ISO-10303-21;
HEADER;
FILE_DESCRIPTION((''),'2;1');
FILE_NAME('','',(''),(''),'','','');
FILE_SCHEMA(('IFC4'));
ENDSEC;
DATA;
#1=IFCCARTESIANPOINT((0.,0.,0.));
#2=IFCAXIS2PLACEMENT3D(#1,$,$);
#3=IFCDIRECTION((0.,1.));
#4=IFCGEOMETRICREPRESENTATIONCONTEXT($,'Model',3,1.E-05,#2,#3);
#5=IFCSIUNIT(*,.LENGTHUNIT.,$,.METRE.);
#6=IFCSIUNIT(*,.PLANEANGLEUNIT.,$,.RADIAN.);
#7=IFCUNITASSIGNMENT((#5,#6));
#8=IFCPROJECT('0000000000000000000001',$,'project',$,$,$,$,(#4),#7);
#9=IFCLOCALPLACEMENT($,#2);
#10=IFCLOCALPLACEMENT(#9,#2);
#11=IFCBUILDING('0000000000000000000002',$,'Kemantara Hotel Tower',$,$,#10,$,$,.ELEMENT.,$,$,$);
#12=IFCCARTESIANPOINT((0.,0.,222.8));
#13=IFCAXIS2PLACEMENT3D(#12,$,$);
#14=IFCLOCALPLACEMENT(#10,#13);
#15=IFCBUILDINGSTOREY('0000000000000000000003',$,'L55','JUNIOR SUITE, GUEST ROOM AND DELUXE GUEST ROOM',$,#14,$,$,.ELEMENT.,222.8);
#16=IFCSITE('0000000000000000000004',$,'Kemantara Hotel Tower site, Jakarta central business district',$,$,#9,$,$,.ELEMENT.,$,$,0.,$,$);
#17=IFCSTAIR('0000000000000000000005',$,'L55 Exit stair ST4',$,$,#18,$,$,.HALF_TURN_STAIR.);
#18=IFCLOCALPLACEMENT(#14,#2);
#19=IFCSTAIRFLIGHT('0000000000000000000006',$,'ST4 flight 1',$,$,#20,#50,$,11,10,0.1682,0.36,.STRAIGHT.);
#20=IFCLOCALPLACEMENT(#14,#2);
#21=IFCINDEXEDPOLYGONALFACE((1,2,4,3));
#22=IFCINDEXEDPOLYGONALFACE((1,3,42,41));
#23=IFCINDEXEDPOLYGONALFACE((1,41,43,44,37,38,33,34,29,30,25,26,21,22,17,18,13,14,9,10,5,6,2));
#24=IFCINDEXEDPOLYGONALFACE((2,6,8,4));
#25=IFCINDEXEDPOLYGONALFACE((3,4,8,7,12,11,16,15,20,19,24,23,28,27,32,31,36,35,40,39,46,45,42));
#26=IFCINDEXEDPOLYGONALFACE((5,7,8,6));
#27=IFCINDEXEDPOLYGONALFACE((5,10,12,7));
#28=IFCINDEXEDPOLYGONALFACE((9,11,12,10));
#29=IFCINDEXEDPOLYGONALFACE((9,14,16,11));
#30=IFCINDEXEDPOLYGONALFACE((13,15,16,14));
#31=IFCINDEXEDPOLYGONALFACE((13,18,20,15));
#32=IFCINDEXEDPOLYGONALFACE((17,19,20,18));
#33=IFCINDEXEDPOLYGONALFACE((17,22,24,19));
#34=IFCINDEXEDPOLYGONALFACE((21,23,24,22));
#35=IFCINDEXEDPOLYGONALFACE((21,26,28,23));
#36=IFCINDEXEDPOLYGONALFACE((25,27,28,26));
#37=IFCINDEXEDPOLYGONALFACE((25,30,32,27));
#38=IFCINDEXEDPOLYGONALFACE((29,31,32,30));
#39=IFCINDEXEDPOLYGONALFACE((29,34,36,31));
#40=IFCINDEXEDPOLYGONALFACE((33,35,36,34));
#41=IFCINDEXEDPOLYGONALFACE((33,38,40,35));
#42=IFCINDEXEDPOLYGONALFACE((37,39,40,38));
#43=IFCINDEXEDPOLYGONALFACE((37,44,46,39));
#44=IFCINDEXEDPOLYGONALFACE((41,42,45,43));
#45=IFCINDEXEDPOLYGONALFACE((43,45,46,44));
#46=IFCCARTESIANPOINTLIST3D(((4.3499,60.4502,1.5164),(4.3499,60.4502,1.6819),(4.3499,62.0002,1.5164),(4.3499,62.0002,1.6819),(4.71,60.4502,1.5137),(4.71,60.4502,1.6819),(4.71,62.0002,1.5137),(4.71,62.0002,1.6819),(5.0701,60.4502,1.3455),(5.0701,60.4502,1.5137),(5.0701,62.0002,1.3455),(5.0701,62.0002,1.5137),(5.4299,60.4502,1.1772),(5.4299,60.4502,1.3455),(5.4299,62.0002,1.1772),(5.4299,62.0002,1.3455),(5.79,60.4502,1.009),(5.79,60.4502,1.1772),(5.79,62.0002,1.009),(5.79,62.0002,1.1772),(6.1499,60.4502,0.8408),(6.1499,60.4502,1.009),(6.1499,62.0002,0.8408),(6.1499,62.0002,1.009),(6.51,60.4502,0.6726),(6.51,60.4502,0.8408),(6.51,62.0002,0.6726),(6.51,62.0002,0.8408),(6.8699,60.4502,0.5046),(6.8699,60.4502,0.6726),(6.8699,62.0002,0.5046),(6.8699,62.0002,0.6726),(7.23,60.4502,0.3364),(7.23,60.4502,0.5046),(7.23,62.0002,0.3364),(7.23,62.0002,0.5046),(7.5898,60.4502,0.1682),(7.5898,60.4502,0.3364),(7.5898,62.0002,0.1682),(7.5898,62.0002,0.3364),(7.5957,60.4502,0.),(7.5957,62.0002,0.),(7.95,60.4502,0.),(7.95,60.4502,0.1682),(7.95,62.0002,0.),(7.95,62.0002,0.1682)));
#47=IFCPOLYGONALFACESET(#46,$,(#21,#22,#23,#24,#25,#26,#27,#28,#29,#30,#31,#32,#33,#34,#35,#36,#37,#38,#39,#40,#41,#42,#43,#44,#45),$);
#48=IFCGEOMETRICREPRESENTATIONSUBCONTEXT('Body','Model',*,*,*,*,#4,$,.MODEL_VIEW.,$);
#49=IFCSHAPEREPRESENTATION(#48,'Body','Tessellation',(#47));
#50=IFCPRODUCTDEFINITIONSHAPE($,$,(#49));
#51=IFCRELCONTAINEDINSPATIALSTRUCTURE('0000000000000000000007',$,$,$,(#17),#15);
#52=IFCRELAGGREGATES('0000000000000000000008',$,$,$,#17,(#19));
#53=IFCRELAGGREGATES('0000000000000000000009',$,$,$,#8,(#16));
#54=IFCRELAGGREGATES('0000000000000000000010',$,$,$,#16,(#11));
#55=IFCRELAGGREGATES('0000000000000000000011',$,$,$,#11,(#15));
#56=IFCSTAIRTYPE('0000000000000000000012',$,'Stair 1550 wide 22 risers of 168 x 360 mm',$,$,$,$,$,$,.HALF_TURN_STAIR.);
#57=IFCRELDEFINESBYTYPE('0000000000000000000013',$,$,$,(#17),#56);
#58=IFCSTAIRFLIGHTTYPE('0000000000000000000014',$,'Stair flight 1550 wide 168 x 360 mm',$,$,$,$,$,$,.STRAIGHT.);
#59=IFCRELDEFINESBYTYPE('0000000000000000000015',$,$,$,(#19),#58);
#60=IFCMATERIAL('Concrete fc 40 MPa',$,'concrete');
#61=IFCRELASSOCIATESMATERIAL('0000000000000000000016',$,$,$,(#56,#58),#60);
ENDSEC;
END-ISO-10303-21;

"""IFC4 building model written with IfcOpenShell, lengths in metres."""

from ifc_helpers import new_model, si_unit, direction, frame, origin, place, context, subcontext, project, spatial, polyline, outline, extrude, material, type_object, element, aggregate, save


model = new_model("IFC4")

# Units and contexts
model_context = context("Model", 3, precision=1e-05, world=origin(), true_north=direction((0.0, 1.0)))
body_context = subcontext(model_context, "Body", "Model", "MODEL_VIEW")
ifc_project = project(units=[si_unit("LENGTHUNIT", "METRE"), si_unit("PLANEANGLEUNIT", "RADIAN")], contexts=[model_context])

# Site, building, storey
site_placement = place(None, origin())
site = spatial("IfcSite", under=ifc_project, at=site_placement, Name="Kemantara Hotel Tower site, Jakarta central business district", CompositionType="ELEMENT", RefElevation=0.0)
building_placement = place(site_placement, origin())
building = spatial("IfcBuilding", under=site, at=building_placement, Name="Kemantara Hotel Tower", CompositionType="ELEMENT")
storey_placement = place(building_placement, frame((0.0, 0.0, 222.8)))
storey = spatial("IfcBuildingStorey", under=building, at=storey_placement, Name="L55", Description="JUNIOR SUITE, GUEST ROOM AND DELUXE GUEST ROOM", CompositionType="ELEMENT", Elevation=222.8)

# Shared definitions
ifc_material_1 = material(Name="Concrete fc 40 MPa", Category="concrete")

# Stair, stair flight
stair_type = type_object("IfcStairType", Name="Stair 1550 wide 22 risers of 168 x 360 mm", PredefinedType="HALF_TURN_STAIR", material=ifc_material_1)
stair_placement = place(storey_placement, origin())
stair = element("IfcStair", 1, at=stair_placement, inside=storey, type_object=stair_type, Name="L55 Exit stair ST4", PredefinedType="HALF_TURN_STAIR")
stair_flight_type = type_object("IfcStairFlightType", Name="Stair flight 1550 wide 168 x 360 mm", PredefinedType="STRAIGHT", material=ifc_material_1)
stair_flight_placement = place(storey_placement, frame((7.95, 61.2251, 0.0), z_axis=(0.0, 0.0, 1.0), x_axis=(-1.0, 0.0, 0.0)))
stair_flight = element("IfcStairFlight", 2, at=stair_flight_placement, type_object=stair_flight_type, Name="ST4 flight 1", NumberOfRisers=11, NumberOfTreads=10, PredefinedType="STRAIGHT", RiserHeight=0.1682, TreadLength=0.36, context=body_context, shape_type="SweptSolid", body=[
    extrude(outline(polyline([(0.0, 0.0), (0.0, 0.1682), (0.3601, 0.1682), (0.3601, 0.3364), (0.72, 0.3364), (0.72, 0.5046), (1.0801, 0.5046), (1.0801, 0.6726), (1.4399, 0.6726), (1.4399, 0.8408), (1.8, 0.8408), (1.8, 1.009), (2.1599, 1.009), (2.1599, 1.1772), (2.52, 1.1772), (2.52, 1.3455), (2.8799, 1.3455), (2.8799, 1.5137), (3.24, 1.5137), (3.24, 1.6819), (3.6001, 1.6819), (3.6001, 1.8501), (3.6001, 1.5164), (0.3542, 0.0), (0.0, 0.0)])), frame((0.0, 0.7749, 0.0), z_axis=(0.0, -1.0, 0.0), x_axis=(1.0, 0.0, 0.0)), (0.0, 0.0, 1.0), 1.55),
])
aggregate(stair, [stair_flight])

save(model, "model.ifc")
